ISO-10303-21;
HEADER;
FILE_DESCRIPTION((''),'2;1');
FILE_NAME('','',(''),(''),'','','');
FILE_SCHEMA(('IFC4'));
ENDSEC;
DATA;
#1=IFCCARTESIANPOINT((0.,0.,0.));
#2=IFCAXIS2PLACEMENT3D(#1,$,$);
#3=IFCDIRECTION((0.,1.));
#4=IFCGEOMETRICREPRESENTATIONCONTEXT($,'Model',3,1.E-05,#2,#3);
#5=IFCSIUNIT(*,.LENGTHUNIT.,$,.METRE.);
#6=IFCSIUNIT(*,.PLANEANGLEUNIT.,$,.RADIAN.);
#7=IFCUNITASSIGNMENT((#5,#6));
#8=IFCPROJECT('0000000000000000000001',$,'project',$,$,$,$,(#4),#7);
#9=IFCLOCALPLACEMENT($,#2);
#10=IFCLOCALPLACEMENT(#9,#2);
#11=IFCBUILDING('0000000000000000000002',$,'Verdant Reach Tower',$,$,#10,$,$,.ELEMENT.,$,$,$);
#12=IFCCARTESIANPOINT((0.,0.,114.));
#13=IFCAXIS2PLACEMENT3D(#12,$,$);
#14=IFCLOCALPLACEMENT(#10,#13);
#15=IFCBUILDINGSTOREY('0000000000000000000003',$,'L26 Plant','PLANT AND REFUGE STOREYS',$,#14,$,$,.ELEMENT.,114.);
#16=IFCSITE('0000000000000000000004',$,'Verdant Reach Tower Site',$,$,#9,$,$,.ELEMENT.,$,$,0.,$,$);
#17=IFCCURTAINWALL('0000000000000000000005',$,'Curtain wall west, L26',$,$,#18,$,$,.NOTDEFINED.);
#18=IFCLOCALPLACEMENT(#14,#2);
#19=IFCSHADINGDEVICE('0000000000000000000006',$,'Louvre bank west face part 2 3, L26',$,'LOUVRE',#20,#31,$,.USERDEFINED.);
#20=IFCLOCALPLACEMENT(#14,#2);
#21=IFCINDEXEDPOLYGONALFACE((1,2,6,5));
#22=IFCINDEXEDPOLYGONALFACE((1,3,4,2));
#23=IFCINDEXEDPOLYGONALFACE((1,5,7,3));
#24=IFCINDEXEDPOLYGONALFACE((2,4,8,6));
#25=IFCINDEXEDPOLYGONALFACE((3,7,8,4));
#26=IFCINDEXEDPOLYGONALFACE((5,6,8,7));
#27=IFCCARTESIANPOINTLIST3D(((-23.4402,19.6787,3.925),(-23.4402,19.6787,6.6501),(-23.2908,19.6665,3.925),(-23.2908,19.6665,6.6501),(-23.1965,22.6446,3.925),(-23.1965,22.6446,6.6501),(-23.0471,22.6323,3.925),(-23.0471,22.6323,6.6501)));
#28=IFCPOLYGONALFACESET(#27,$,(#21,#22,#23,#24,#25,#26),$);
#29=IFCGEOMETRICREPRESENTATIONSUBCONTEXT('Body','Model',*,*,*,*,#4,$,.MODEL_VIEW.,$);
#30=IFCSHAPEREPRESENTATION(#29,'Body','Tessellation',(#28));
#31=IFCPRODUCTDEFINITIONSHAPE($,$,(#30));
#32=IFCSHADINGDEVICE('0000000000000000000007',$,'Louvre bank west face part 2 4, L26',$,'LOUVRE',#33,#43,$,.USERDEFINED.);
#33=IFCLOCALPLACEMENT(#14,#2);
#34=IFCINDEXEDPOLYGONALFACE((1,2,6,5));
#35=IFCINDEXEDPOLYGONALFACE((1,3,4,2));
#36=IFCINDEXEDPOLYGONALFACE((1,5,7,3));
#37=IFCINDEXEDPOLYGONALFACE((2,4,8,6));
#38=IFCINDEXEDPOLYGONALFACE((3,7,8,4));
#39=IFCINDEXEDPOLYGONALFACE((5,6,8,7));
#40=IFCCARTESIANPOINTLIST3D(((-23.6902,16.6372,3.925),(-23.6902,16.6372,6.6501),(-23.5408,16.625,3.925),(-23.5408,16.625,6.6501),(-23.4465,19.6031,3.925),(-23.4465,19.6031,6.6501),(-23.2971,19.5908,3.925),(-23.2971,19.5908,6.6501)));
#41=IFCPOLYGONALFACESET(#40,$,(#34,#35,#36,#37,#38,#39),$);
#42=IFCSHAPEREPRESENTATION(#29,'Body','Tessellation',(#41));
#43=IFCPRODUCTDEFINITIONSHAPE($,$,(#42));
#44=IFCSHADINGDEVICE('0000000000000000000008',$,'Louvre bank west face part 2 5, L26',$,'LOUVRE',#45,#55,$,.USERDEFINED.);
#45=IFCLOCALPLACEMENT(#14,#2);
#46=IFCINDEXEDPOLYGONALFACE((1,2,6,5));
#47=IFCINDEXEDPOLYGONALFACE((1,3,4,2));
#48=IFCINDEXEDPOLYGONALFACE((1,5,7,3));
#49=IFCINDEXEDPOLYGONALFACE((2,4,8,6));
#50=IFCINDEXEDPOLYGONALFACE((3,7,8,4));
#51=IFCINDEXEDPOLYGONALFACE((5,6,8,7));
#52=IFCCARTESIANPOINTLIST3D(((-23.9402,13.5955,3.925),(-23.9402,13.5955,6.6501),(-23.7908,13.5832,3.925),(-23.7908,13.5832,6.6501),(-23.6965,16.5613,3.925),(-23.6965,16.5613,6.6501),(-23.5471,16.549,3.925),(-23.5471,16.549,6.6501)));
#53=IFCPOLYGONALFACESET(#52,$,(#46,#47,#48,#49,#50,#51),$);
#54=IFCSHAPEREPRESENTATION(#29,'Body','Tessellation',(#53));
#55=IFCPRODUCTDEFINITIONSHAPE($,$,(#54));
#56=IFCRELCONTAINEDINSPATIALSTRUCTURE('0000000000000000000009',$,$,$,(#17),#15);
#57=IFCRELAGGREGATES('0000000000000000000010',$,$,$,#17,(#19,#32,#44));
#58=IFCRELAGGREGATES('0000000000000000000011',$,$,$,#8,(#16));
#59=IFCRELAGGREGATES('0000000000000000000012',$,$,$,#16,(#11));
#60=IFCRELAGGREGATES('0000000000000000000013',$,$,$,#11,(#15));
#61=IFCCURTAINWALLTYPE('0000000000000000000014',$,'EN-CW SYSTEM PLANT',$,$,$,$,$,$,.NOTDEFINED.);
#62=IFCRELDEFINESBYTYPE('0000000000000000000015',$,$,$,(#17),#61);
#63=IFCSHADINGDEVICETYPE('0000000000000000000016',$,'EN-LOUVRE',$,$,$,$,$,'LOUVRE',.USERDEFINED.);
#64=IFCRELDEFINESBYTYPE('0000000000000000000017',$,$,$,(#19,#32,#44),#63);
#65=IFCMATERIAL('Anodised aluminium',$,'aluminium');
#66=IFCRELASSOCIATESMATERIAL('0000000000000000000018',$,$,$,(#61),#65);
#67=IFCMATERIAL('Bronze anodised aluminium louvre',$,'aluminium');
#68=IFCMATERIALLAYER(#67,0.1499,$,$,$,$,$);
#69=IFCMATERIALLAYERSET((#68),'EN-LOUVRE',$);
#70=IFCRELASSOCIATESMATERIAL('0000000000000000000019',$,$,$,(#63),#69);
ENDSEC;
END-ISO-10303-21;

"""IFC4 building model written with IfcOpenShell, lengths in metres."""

from ifc_helpers import new_model, si_unit, direction, frame, origin, origin_2d, place, context, subcontext, project, spatial, rectangle, extrude, material, layer, layer_set, type_object, element, aggregate, save


model = new_model("IFC4")

# Units and contexts
model_context = context("Model", 3, precision=1e-05, world=origin(), true_north=direction((0.0, 1.0)))
body_context = subcontext(model_context, "Body", "Model", "MODEL_VIEW")
ifc_project = project(units=[si_unit("LENGTHUNIT", "METRE"), si_unit("PLANEANGLEUNIT", "RADIAN")], contexts=[model_context])

# Site, building, storey
site_placement = place(None, origin())
site = spatial("IfcSite", under=ifc_project, at=site_placement, Name="Verdant Reach Tower Site", CompositionType="ELEMENT", RefElevation=0.0)
building_placement = place(site_placement, origin())
building = spatial("IfcBuilding", under=site, at=building_placement, Name="Verdant Reach Tower", CompositionType="ELEMENT")
storey_placement = place(building_placement, frame((0.0, 0.0, 114.0)))
storey = spatial("IfcBuildingStorey", under=building, at=storey_placement, Name="L26 Plant", Description="PLANT AND REFUGE STOREYS", CompositionType="ELEMENT", Elevation=114.0)

# Curtain wall
ifc_material_1 = material(Name="Anodised aluminium", Category="aluminium")
curtain_wall_type = type_object("IfcCurtainWallType", Name="EN-CW SYSTEM PLANT", PredefinedType="NOTDEFINED", material=ifc_material_1)
curtain_wall_placement = place(storey_placement, origin())
curtain_wall = element("IfcCurtainWall", 1, at=curtain_wall_placement, inside=storey, type_object=curtain_wall_type, Name="Curtain wall west, L26", PredefinedType="NOTDEFINED")

# Shading devices
ifc_material_2 = material(Name="Bronze anodised aluminium louvre", Category="aluminium")
ifc_layer_1 = layer(ifc_material_2, 0.1499)
ifc_layer_set_1 = layer_set([ifc_layer_1], Name="EN-LOUVRE")
shading_device_type = type_object("IfcShadingDeviceType", Name="EN-LOUVRE", ElementType="LOUVRE", PredefinedType="USERDEFINED", material=ifc_layer_set_1)
shading_device_1_placement = place(storey_placement, frame((-23.2437, 21.1555, 3.925), z_axis=(0.0, 0.0, 1.0), x_axis=(-0.081916, -0.996639, 0.0)))
shading_device_1 = element("IfcShadingDevice", 2, at=shading_device_1_placement, type_object=shading_device_type, Name="Louvre bank west face part 2 3, L26", ObjectType="LOUVRE", PredefinedType="USERDEFINED", context=body_context, shape_type="SweptSolid", body=[
    extrude(rectangle(XDim=2.9758, YDim=0.1499, at=origin_2d()), origin(), (0.0, 0.0, 1.0), 2.7251),
])
shading_device_2_placement = place(storey_placement, frame((-23.4937, 18.114, 3.925), z_axis=(0.0, 0.0, 1.0), x_axis=(-0.081916, -0.996639, 0.0)))
shading_device_2 = element("IfcShadingDevice", 3, at=shading_device_2_placement, type_object=shading_device_type, Name="Louvre bank west face part 2 4, L26", ObjectType="LOUVRE", PredefinedType="USERDEFINED", context=body_context, shape_type="SweptSolid", body=[
    extrude(rectangle(XDim=2.9758, YDim=0.1499, at=origin_2d()), origin(), (0.0, 0.0, 1.0), 2.7251),
])
shading_device_3_placement = place(storey_placement, frame((-23.7437, 15.0723, 3.925), z_axis=(0.0, 0.0, 1.0), x_axis=(-0.081916, -0.996639, 0.0)))
shading_device_3 = element("IfcShadingDevice", 4, at=shading_device_3_placement, type_object=shading_device_type, Name="Louvre bank west face part 2 5, L26", ObjectType="LOUVRE", PredefinedType="USERDEFINED", context=body_context, shape_type="SweptSolid", body=[
    extrude(rectangle(XDim=2.9758, YDim=0.1499, at=origin_2d()), origin(), (0.0, 0.0, 1.0), 2.7251),
])
aggregate(curtain_wall, [shading_device_1, shading_device_2, shading_device_3])

save(model, "model.ifc")
